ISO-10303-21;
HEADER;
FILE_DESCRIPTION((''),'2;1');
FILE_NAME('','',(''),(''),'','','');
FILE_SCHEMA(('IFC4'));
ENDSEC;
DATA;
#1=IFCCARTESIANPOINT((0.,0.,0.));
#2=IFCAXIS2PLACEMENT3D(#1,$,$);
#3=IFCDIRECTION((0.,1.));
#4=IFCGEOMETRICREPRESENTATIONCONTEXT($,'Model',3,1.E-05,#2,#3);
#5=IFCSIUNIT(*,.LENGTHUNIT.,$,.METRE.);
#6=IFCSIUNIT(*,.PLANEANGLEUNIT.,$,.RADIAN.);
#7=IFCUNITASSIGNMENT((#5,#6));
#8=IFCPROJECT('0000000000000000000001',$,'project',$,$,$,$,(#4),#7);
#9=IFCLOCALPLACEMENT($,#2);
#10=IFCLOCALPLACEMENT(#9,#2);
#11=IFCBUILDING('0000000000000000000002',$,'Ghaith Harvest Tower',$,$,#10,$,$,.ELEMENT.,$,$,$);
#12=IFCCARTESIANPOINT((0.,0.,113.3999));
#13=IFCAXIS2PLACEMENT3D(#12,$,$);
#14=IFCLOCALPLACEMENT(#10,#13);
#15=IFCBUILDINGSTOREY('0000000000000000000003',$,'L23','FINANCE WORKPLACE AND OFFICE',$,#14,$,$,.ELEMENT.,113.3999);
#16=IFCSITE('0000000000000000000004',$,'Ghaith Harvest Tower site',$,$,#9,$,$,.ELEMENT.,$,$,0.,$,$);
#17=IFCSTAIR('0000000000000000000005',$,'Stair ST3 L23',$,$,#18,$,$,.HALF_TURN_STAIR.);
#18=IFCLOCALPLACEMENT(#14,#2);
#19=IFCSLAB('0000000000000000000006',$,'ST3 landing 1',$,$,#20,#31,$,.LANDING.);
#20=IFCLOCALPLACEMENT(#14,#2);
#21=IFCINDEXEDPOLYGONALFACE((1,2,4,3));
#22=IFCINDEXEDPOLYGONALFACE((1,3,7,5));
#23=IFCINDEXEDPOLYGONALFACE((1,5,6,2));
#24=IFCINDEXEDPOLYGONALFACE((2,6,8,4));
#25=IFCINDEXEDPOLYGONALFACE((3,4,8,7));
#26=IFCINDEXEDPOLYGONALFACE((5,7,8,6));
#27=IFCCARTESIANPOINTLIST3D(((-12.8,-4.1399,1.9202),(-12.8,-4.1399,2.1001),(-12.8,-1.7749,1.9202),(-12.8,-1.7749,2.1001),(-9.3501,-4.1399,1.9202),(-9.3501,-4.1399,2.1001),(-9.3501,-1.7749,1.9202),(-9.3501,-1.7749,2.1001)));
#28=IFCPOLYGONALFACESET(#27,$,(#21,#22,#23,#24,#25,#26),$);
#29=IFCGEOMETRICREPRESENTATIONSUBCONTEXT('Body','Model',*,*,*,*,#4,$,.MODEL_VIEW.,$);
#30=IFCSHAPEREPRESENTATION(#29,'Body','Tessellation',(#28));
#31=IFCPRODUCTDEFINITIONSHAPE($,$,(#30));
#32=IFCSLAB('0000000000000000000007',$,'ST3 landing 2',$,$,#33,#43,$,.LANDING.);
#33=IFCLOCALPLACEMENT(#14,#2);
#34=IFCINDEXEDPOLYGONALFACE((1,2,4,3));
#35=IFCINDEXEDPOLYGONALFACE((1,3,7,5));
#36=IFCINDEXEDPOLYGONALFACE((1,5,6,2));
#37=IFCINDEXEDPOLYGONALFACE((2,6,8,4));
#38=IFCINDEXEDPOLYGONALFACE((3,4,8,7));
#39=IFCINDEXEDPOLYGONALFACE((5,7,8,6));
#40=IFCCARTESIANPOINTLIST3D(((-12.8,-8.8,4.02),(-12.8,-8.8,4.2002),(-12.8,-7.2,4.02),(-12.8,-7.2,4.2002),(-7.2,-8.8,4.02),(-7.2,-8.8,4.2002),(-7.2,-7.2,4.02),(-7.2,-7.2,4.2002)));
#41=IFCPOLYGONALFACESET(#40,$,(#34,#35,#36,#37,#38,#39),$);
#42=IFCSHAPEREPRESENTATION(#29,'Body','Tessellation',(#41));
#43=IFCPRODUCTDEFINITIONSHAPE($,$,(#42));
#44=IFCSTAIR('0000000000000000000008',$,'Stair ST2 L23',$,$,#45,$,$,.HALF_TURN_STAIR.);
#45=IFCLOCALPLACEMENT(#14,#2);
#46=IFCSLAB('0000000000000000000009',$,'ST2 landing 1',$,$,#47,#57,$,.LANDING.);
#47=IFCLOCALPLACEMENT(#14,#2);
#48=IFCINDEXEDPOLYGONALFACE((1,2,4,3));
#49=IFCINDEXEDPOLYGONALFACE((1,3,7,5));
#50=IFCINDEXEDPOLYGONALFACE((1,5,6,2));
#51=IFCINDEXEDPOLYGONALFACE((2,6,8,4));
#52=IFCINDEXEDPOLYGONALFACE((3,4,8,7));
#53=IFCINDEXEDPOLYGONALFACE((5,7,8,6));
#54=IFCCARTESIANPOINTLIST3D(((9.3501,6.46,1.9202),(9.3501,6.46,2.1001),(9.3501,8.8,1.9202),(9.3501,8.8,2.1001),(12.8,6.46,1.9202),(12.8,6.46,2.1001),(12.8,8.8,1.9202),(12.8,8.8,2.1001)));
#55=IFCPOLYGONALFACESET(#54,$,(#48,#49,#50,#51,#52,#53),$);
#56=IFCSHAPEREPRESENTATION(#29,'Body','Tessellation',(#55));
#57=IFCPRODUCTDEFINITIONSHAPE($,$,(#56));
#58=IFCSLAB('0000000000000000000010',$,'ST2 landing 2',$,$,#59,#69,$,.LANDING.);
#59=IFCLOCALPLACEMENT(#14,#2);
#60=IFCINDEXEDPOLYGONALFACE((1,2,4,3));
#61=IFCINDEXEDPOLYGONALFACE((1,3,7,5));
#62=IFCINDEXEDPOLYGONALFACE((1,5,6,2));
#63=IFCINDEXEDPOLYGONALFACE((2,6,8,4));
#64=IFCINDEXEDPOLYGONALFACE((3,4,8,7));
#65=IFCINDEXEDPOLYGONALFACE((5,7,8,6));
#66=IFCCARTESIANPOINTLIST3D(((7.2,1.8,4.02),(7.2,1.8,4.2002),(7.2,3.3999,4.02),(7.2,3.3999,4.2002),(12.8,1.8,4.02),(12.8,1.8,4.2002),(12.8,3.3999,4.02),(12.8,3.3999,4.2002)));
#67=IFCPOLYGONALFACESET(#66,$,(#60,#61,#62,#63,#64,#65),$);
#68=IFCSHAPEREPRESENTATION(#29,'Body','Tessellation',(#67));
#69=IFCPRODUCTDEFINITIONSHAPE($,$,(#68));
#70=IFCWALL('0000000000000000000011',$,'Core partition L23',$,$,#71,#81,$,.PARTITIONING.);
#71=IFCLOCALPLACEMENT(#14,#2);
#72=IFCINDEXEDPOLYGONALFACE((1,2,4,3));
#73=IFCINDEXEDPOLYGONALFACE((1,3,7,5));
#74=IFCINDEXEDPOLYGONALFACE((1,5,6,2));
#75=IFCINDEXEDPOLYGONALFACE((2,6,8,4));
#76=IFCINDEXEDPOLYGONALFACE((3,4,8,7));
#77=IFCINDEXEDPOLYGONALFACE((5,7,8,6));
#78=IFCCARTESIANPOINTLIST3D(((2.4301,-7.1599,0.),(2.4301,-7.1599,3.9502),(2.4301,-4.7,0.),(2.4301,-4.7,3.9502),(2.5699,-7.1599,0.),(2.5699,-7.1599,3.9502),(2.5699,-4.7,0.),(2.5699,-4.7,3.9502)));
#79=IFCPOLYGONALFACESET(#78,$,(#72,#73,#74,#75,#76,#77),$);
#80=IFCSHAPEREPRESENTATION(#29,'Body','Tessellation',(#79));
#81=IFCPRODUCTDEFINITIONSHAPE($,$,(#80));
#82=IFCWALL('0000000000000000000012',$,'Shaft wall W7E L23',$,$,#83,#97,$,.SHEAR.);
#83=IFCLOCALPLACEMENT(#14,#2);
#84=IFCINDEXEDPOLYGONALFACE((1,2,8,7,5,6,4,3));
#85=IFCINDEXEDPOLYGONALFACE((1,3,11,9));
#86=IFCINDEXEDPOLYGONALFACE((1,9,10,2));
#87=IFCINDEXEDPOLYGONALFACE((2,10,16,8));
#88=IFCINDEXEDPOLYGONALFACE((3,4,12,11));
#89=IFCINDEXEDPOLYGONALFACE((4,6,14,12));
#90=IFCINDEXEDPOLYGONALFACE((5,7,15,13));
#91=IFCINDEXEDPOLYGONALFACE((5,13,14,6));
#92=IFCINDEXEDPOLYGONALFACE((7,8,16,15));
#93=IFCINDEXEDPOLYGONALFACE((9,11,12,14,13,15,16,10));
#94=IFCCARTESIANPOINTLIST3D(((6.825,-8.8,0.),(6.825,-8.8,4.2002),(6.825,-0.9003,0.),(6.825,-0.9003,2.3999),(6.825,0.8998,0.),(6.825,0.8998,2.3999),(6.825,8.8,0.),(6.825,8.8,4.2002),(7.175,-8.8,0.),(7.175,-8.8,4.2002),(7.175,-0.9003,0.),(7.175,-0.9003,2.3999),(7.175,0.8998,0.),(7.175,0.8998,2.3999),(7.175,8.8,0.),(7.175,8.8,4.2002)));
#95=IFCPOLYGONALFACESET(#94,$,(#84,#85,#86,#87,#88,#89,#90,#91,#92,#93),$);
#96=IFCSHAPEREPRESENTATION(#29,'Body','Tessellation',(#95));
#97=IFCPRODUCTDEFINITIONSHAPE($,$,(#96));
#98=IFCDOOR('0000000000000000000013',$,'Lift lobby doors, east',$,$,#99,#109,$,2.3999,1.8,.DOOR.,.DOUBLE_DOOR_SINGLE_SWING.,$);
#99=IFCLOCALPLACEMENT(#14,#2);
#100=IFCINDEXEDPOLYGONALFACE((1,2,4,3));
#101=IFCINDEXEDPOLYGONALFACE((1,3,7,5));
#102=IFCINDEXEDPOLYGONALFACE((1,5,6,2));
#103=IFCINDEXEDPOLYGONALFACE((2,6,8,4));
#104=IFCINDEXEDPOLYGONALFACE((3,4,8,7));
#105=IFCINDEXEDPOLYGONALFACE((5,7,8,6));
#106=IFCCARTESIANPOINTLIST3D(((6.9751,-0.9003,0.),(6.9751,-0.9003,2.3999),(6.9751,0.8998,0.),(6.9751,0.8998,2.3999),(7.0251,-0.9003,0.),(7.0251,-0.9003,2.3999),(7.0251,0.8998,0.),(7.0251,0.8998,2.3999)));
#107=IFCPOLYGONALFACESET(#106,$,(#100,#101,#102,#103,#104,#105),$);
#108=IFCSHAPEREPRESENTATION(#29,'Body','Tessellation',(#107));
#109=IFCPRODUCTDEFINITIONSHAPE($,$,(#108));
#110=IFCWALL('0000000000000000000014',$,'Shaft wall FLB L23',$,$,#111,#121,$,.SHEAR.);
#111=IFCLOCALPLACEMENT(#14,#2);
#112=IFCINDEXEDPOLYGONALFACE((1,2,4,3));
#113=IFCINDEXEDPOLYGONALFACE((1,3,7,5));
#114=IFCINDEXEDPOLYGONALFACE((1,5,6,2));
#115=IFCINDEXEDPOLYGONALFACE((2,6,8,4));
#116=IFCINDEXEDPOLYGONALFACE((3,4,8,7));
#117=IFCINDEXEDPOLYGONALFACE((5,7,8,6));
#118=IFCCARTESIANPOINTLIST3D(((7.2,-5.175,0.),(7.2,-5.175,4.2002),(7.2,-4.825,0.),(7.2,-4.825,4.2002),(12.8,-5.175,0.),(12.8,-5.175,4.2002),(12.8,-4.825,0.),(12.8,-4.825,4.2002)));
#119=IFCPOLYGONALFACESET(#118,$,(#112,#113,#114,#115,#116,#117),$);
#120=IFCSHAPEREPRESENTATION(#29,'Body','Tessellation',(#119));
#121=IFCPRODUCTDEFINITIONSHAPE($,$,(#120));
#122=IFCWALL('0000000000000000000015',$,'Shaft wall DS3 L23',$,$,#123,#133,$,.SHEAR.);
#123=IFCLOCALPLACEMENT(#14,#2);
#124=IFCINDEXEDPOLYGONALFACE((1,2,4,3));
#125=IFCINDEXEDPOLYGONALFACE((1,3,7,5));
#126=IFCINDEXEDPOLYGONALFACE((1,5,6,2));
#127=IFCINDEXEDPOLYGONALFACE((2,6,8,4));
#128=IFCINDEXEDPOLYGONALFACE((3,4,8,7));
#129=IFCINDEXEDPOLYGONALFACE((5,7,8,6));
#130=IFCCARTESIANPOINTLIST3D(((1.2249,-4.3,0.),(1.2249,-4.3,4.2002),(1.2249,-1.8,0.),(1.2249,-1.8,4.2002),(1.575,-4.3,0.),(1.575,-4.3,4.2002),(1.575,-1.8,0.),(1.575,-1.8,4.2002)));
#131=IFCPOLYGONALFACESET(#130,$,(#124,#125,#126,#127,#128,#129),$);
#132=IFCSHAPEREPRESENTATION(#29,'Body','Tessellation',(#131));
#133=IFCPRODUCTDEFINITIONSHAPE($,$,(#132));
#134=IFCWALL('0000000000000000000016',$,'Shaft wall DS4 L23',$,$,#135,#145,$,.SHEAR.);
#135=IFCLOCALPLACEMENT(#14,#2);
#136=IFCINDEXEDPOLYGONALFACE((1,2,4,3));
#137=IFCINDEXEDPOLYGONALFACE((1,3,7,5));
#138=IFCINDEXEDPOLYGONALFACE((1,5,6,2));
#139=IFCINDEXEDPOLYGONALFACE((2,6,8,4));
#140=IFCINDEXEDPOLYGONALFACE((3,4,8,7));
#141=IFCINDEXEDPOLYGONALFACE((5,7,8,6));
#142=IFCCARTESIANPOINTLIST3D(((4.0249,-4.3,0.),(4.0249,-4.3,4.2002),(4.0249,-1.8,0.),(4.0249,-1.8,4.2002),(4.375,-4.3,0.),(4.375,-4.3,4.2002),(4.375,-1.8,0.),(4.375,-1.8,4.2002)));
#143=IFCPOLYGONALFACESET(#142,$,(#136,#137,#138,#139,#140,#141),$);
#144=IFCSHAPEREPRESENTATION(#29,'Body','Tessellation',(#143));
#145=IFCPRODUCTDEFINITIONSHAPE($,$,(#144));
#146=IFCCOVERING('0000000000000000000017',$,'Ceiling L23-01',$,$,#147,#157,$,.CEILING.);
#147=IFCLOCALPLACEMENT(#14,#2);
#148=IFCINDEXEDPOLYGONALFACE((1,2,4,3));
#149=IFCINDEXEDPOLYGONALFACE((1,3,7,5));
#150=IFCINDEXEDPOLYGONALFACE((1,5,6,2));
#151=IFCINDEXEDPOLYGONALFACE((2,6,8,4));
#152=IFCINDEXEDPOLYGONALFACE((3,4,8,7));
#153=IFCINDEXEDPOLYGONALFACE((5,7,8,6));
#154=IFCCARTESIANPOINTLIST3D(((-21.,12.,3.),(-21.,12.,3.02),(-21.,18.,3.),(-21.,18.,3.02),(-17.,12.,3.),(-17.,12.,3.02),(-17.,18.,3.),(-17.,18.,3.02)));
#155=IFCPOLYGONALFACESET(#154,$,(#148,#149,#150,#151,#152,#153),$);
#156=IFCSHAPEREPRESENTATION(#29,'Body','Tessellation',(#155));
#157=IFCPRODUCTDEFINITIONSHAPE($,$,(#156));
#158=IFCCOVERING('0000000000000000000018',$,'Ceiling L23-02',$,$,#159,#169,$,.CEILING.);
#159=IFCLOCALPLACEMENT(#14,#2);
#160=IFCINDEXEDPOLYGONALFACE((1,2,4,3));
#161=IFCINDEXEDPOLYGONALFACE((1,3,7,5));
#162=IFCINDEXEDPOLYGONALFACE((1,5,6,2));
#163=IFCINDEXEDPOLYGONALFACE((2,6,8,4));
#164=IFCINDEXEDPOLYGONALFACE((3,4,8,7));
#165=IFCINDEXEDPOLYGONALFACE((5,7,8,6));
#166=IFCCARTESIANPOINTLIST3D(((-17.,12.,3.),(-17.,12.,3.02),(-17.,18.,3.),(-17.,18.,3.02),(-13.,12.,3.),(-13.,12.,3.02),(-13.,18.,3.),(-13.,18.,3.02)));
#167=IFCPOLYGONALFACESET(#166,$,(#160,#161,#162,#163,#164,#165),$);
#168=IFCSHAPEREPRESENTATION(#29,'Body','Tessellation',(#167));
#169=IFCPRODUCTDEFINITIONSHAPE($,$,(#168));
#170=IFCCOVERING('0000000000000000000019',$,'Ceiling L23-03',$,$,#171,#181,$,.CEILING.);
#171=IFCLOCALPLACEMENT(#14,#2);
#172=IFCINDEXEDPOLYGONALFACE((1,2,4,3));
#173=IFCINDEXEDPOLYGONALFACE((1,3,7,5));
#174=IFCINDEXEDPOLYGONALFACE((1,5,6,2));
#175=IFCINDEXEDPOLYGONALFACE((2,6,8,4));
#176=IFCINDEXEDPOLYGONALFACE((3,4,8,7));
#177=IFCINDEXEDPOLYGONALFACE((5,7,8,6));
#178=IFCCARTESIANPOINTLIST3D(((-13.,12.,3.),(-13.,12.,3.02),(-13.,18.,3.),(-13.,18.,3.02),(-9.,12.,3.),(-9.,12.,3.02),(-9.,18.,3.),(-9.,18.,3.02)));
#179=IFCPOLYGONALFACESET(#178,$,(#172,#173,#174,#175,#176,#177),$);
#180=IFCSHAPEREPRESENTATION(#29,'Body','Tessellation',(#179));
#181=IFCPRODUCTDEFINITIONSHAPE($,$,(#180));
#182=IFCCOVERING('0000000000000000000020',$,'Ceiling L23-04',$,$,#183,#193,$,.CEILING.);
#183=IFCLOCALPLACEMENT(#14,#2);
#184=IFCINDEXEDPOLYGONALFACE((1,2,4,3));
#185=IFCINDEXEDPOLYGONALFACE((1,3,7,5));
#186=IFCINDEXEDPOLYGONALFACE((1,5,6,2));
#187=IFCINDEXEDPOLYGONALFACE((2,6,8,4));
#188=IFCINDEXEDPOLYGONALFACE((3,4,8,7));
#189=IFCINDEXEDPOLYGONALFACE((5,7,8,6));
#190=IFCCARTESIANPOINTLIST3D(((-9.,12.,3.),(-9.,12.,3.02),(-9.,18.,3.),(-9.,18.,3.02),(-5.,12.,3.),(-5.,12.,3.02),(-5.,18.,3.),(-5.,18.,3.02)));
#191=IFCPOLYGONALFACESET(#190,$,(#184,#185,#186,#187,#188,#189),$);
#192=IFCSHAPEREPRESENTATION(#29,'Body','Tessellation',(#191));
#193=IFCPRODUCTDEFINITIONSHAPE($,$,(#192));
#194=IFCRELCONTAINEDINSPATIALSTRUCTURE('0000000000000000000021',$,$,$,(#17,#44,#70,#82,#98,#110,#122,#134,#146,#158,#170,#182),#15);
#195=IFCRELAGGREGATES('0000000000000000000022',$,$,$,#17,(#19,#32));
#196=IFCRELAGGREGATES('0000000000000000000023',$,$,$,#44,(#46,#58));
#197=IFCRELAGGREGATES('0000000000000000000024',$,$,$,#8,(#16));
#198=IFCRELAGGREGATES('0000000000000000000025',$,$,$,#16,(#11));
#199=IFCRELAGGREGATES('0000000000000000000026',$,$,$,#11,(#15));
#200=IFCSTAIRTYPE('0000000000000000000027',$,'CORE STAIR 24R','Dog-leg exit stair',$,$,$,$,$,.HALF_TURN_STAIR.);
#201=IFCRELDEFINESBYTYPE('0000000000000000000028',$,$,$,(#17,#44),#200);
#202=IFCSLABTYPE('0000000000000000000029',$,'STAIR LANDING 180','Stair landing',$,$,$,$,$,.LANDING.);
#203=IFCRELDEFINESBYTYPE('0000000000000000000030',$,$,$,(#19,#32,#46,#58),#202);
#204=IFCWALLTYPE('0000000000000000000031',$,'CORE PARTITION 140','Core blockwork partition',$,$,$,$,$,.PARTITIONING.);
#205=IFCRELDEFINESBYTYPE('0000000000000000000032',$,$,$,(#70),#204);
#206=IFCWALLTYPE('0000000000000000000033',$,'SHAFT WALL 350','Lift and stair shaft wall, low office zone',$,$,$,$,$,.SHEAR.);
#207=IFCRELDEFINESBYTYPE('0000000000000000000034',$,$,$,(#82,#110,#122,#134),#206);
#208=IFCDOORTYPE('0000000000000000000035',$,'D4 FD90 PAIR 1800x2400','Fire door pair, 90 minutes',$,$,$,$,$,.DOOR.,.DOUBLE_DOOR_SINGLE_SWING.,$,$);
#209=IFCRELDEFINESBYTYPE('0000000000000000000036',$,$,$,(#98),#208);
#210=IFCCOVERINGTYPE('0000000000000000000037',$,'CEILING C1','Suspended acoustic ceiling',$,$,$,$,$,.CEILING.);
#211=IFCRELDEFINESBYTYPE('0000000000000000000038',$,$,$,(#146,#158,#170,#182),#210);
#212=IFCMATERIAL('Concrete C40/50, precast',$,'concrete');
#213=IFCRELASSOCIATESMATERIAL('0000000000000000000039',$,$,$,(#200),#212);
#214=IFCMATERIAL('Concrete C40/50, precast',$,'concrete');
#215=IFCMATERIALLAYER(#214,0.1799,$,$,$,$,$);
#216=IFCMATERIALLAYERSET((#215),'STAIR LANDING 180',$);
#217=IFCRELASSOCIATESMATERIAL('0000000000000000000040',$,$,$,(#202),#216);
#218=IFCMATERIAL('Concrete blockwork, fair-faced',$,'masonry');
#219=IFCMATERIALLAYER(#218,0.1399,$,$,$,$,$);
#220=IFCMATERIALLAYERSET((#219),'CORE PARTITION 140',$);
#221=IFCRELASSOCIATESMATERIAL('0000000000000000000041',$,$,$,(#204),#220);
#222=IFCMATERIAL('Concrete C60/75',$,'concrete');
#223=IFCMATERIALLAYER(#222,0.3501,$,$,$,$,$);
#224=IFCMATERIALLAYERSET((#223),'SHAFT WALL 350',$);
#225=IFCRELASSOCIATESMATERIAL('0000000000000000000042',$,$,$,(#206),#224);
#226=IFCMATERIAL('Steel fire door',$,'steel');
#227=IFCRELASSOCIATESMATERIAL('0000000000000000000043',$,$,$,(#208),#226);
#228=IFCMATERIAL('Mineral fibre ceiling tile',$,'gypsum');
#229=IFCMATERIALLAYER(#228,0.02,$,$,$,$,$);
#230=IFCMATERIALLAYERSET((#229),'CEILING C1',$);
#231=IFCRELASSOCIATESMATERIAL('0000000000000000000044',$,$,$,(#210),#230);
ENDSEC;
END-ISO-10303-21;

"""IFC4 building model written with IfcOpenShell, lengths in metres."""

from ifc_helpers import new_model, si_unit, direction, frame, frame_2d, origin, place, context, subcontext, project, spatial, polyline, rectangle, outline, extrude, material, layer, layer_set, type_object, element, fill, aggregate, save


model = new_model("IFC4")

# Units and contexts
model_context = context("Model", 3, precision=1e-05, world=origin(), true_north=direction((0.0, 1.0)))
body_context = subcontext(model_context, "Body", "Model", "MODEL_VIEW")
ifc_project = project(units=[si_unit("LENGTHUNIT", "METRE"), si_unit("PLANEANGLEUNIT", "RADIAN")], contexts=[model_context])

# Site, building, storey
site_placement = place(None, origin())
site = spatial("IfcSite", under=ifc_project, at=site_placement, Name="Ghaith Harvest Tower site", CompositionType="ELEMENT", RefElevation=0.0)
building_placement = place(site_placement, origin())
building = spatial("IfcBuilding", under=site, at=building_placement, Name="Ghaith Harvest Tower", CompositionType="ELEMENT")
storey_placement = place(building_placement, frame((0.0, 0.0, 113.3999)))
storey = spatial("IfcBuildingStorey", under=building, at=storey_placement, Name="L23", Description="FINANCE WORKPLACE AND OFFICE", CompositionType="ELEMENT", Elevation=113.3999)

# Stairs, slabs
ifc_material_1 = material(Name="Concrete C40/50, precast", Category="concrete")
stair_type = type_object("IfcStairType", Name="CORE STAIR 24R", Description="Dog-leg exit stair", PredefinedType="HALF_TURN_STAIR", material=ifc_material_1)
ifc_material_2 = material(Name="Concrete C40/50, precast", Category="concrete")
ifc_layer_1 = layer(ifc_material_2, 0.1799)
ifc_layer_set_1 = layer_set([ifc_layer_1], Name="STAIR LANDING 180")
slab_type_1 = type_object("IfcSlabType", Name="STAIR LANDING 180", Description="Stair landing", PredefinedType="LANDING", material=ifc_layer_set_1)
stair_1_placement = place(storey_placement, origin())
stair_1 = element("IfcStair", 1, at=stair_1_placement, inside=storey, type_object=stair_type, Name="Stair ST3 L23", PredefinedType="HALF_TURN_STAIR")
slab_1_placement = place(storey_placement, frame((0.0, 0.0, 1.9202)))
slab_1 = element("IfcSlab", 2, at=slab_1_placement, type_object=slab_type_1, Name="ST3 landing 1", PredefinedType="LANDING", context=body_context, shape_type="SweptSolid", body=[
    extrude(outline(polyline([(-12.8, -4.1399), (-12.8, -1.7749), (-9.3501, -1.7749), (-9.3501, -4.1399), (-12.8, -4.1399)])), origin(), (0.0, 0.0, 1.0), 0.1799),
])
slab_2_placement = place(storey_placement, frame((0.0, 0.0, 4.02)))
slab_2 = element("IfcSlab", 3, at=slab_2_placement, type_object=slab_type_1, Name="ST3 landing 2", PredefinedType="LANDING", context=body_context, shape_type="SweptSolid", body=[
    extrude(outline(polyline([(-12.8, -8.8), (-12.8, -7.2), (-7.2, -7.2), (-7.2, -8.8), (-12.8, -8.8)])), origin(), (0.0, 0.0, 1.0), 0.1802),
])
aggregate(stair_1, [slab_1, slab_2])
stair_2_placement = place(storey_placement, origin())
stair_2 = element("IfcStair", 4, at=stair_2_placement, inside=storey, type_object=stair_type, Name="Stair ST2 L23", PredefinedType="HALF_TURN_STAIR")
slab_3_placement = place(storey_placement, frame((0.0, 0.0, 1.9202)))
slab_3 = element("IfcSlab", 5, at=slab_3_placement, type_object=slab_type_1, Name="ST2 landing 1", PredefinedType="LANDING", context=body_context, shape_type="SweptSolid", body=[
    extrude(outline(polyline([(12.8, 6.46), (12.8, 8.8), (9.3501, 8.8), (9.3501, 6.46), (12.8, 6.46)])), origin(), (0.0, 0.0, 1.0), 0.1799),
])
slab_4_placement = place(storey_placement, frame((0.0, 0.0, 4.02)))
slab_4 = element("IfcSlab", 6, at=slab_4_placement, type_object=slab_type_1, Name="ST2 landing 2", PredefinedType="LANDING", context=body_context, shape_type="SweptSolid", body=[
    extrude(outline(polyline([(12.8, 1.8), (12.8, 3.3999), (7.2, 3.3999), (7.2, 1.8), (12.8, 1.8)])), origin(), (0.0, 0.0, 1.0), 0.1802),
])
aggregate(stair_2, [slab_3, slab_4])

# Wall
ifc_material_3 = material(Name="Concrete blockwork, fair-faced", Category="masonry")
ifc_layer_2 = layer(ifc_material_3, 0.1399)
ifc_layer_set_2 = layer_set([ifc_layer_2], Name="CORE PARTITION 140")
wall_type_1 = type_object("IfcWallType", Name="CORE PARTITION 140", Description="Core blockwork partition", PredefinedType="PARTITIONING", material=ifc_layer_set_2)
wall_1_placement = place(storey_placement, frame((2.5, -4.7, 0.0), z_axis=(0.0, 0.0, 1.0), x_axis=(0.0, -1.0, 0.0)))
element("IfcWall", 7, at=wall_1_placement, inside=storey, type_object=wall_type_1, Name="Core partition L23", PredefinedType="PARTITIONING", context=body_context, shape_type="SweptSolid", body=[
    extrude(rectangle(XDim=2.46, YDim=0.1399, at=frame_2d((1.23, 0.0))), origin(), (0.0, 0.0, 1.0), 3.9502),
])

# Wall, opening, door
ifc_material_4 = material(Name="Concrete C60/75", Category="concrete")
ifc_layer_3 = layer(ifc_material_4, 0.3501)
ifc_layer_set_3 = layer_set([ifc_layer_3], Name="SHAFT WALL 350")
wall_type_2 = type_object("IfcWallType", Name="SHAFT WALL 350", Description="Lift and stair shaft wall, low office zone", PredefinedType="SHEAR", material=ifc_layer_set_3)
wall_2_placement = place(storey_placement, frame((7.0, -8.8, 0.0), z_axis=(0.0, 0.0, 1.0), x_axis=(0.0, 1.0, 0.0)))
wall_2 = element("IfcWall", 8, at=wall_2_placement, inside=storey, type_object=wall_type_2, Name="Shaft wall W7E L23", PredefinedType="SHEAR", context=body_context, shape_type="SweptSolid", body=[
    extrude(rectangle(XDim=17.6001, YDim=0.3501, at=frame_2d((8.8, 0.0))), origin(), (0.0, 0.0, 1.0), 4.2002),
])
opening_1_placement = place(wall_2_placement, frame((7.8999, 0.0, 0.0)))
opening_1 = element("IfcOpeningElement", 9, at=opening_1_placement, cuts=wall_2, PredefinedType="OPENING", context=body_context, shape_type="SweptSolid", body=[
    extrude(rectangle(XDim=1.8, YDim=2.3999, at=frame_2d((0.8999, 1.2))), frame((0.0, 0.1851, 0.0), z_axis=(0.0, -1.0, 0.0), x_axis=(1.0, 0.0, 0.0)), (0.0, 0.0, 1.0), 0.3701),
])
ifc_material_5 = material(Name="Steel fire door", Category="steel")
door_type_1 = type_object("IfcDoorType", Name="D4 FD90 PAIR 1800x2400", Description="Fire door pair, 90 minutes", OperationType="DOUBLE_DOOR_SINGLE_SWING", PredefinedType="DOOR", material=ifc_material_5)
door_1_placement = place(opening_1_placement, origin())
door_1 = element("IfcDoor", 10, at=door_1_placement, inside=storey, type_object=door_type_1, Name="Lift lobby doors, east", OperationType="DOUBLE_DOOR_SINGLE_SWING", OverallHeight=2.3999, OverallWidth=1.8, PredefinedType="DOOR", context=body_context, shape_type="SweptSolid", body=[
    extrude(rectangle(XDim=1.8, YDim=2.3999, at=frame_2d((0.8999, 1.2))), frame((0.0, 0.0249, 0.0), z_axis=(0.0, -1.0, 0.0), x_axis=(1.0, 0.0, 0.0)), (0.0, 0.0, 1.0), 0.05),
])
fill(opening_1, door_1)

# Walls
wall_3_placement = place(storey_placement, frame((7.2, -5.0, 0.0), z_axis=(0.0, 0.0, 1.0), x_axis=(1.0, 0.0, 0.0)))
element("IfcWall", 11, at=wall_3_placement, inside=storey, type_object=wall_type_2, Name="Shaft wall FLB L23", PredefinedType="SHEAR", context=body_context, shape_type="SweptSolid", body=[
    extrude(rectangle(XDim=5.6001, YDim=0.3501, at=frame_2d((2.8, 0.0))), origin(), (0.0, 0.0, 1.0), 4.2002),
])
for number, where, z_axis, x_axis, name in (
    (12, (1.3999, -4.3, 0.0), (0.0, 0.0, 1.0), (0.0, 1.0, 0.0), "Shaft wall DS3 L23"),
    (13, (4.2, -4.3, 0.0), (0.0, 0.0, 1.0), (0.0, 1.0, 0.0), "Shaft wall DS4 L23"),
):
    element("IfcWall", number, at=place(storey_placement, frame(where, z_axis=z_axis, x_axis=x_axis)), inside=storey, type_object=wall_type_2, Name=name, PredefinedType="SHEAR", context=body_context, shape_type="SweptSolid", body=[
        extrude(rectangle(XDim=2.5, YDim=0.3501, at=frame_2d((1.25, 0.0))), origin(), (0.0, 0.0, 1.0), 4.2002),
    ])

# Coverings
ifc_material_6 = material(Name="Mineral fibre ceiling tile", Category="gypsum")
ifc_layer_4 = layer(ifc_material_6, 0.02)
ifc_layer_set_4 = layer_set([ifc_layer_4], Name="CEILING C1")
covering_type = type_object("IfcCoveringType", Name="CEILING C1", Description="Suspended acoustic ceiling", PredefinedType="CEILING", material=ifc_layer_set_4)
covering_1_placement = place(storey_placement, frame((0.0, 0.0, 3.0)))
element("IfcCovering", 14, at=covering_1_placement, inside=storey, type_object=covering_type, Name="Ceiling L23-01", PredefinedType="CEILING", context=body_context, shape_type="SweptSolid", body=[
    extrude(outline(polyline([(-21.0, 12.0), (-17.0, 12.0), (-17.0, 18.0), (-21.0, 18.0), (-21.0, 12.0)])), origin(), (0.0, 0.0, 1.0), 0.02),
])
covering_2_placement = place(storey_placement, frame((0.0, 0.0, 3.0)))
element("IfcCovering", 15, at=covering_2_placement, inside=storey, type_object=covering_type, Name="Ceiling L23-02", PredefinedType="CEILING", context=body_context, shape_type="SweptSolid", body=[
    extrude(outline(polyline([(-17.0, 12.0), (-13.0, 12.0), (-13.0, 18.0), (-17.0, 18.0), (-17.0, 12.0)])), origin(), (0.0, 0.0, 1.0), 0.02),
])
covering_3_placement = place(storey_placement, frame((0.0, 0.0, 3.0)))
element("IfcCovering", 16, at=covering_3_placement, inside=storey, type_object=covering_type, Name="Ceiling L23-03", PredefinedType="CEILING", context=body_context, shape_type="SweptSolid", body=[
    extrude(outline(polyline([(-13.0, 12.0), (-9.0, 12.0), (-9.0, 18.0), (-13.0, 18.0), (-13.0, 12.0)])), origin(), (0.0, 0.0, 1.0), 0.02),
])
covering_4_placement = place(storey_placement, frame((0.0, 0.0, 3.0)))
element("IfcCovering", 17, at=covering_4_placement, inside=storey, type_object=covering_type, Name="Ceiling L23-04", PredefinedType="CEILING", context=body_context, shape_type="SweptSolid", body=[
    extrude(outline(polyline([(-9.0, 12.0), (-5.0, 12.0), (-5.0, 18.0), (-9.0, 18.0), (-9.0, 12.0)])), origin(), (0.0, 0.0, 1.0), 0.02),
])

save(model, "model.ifc")
